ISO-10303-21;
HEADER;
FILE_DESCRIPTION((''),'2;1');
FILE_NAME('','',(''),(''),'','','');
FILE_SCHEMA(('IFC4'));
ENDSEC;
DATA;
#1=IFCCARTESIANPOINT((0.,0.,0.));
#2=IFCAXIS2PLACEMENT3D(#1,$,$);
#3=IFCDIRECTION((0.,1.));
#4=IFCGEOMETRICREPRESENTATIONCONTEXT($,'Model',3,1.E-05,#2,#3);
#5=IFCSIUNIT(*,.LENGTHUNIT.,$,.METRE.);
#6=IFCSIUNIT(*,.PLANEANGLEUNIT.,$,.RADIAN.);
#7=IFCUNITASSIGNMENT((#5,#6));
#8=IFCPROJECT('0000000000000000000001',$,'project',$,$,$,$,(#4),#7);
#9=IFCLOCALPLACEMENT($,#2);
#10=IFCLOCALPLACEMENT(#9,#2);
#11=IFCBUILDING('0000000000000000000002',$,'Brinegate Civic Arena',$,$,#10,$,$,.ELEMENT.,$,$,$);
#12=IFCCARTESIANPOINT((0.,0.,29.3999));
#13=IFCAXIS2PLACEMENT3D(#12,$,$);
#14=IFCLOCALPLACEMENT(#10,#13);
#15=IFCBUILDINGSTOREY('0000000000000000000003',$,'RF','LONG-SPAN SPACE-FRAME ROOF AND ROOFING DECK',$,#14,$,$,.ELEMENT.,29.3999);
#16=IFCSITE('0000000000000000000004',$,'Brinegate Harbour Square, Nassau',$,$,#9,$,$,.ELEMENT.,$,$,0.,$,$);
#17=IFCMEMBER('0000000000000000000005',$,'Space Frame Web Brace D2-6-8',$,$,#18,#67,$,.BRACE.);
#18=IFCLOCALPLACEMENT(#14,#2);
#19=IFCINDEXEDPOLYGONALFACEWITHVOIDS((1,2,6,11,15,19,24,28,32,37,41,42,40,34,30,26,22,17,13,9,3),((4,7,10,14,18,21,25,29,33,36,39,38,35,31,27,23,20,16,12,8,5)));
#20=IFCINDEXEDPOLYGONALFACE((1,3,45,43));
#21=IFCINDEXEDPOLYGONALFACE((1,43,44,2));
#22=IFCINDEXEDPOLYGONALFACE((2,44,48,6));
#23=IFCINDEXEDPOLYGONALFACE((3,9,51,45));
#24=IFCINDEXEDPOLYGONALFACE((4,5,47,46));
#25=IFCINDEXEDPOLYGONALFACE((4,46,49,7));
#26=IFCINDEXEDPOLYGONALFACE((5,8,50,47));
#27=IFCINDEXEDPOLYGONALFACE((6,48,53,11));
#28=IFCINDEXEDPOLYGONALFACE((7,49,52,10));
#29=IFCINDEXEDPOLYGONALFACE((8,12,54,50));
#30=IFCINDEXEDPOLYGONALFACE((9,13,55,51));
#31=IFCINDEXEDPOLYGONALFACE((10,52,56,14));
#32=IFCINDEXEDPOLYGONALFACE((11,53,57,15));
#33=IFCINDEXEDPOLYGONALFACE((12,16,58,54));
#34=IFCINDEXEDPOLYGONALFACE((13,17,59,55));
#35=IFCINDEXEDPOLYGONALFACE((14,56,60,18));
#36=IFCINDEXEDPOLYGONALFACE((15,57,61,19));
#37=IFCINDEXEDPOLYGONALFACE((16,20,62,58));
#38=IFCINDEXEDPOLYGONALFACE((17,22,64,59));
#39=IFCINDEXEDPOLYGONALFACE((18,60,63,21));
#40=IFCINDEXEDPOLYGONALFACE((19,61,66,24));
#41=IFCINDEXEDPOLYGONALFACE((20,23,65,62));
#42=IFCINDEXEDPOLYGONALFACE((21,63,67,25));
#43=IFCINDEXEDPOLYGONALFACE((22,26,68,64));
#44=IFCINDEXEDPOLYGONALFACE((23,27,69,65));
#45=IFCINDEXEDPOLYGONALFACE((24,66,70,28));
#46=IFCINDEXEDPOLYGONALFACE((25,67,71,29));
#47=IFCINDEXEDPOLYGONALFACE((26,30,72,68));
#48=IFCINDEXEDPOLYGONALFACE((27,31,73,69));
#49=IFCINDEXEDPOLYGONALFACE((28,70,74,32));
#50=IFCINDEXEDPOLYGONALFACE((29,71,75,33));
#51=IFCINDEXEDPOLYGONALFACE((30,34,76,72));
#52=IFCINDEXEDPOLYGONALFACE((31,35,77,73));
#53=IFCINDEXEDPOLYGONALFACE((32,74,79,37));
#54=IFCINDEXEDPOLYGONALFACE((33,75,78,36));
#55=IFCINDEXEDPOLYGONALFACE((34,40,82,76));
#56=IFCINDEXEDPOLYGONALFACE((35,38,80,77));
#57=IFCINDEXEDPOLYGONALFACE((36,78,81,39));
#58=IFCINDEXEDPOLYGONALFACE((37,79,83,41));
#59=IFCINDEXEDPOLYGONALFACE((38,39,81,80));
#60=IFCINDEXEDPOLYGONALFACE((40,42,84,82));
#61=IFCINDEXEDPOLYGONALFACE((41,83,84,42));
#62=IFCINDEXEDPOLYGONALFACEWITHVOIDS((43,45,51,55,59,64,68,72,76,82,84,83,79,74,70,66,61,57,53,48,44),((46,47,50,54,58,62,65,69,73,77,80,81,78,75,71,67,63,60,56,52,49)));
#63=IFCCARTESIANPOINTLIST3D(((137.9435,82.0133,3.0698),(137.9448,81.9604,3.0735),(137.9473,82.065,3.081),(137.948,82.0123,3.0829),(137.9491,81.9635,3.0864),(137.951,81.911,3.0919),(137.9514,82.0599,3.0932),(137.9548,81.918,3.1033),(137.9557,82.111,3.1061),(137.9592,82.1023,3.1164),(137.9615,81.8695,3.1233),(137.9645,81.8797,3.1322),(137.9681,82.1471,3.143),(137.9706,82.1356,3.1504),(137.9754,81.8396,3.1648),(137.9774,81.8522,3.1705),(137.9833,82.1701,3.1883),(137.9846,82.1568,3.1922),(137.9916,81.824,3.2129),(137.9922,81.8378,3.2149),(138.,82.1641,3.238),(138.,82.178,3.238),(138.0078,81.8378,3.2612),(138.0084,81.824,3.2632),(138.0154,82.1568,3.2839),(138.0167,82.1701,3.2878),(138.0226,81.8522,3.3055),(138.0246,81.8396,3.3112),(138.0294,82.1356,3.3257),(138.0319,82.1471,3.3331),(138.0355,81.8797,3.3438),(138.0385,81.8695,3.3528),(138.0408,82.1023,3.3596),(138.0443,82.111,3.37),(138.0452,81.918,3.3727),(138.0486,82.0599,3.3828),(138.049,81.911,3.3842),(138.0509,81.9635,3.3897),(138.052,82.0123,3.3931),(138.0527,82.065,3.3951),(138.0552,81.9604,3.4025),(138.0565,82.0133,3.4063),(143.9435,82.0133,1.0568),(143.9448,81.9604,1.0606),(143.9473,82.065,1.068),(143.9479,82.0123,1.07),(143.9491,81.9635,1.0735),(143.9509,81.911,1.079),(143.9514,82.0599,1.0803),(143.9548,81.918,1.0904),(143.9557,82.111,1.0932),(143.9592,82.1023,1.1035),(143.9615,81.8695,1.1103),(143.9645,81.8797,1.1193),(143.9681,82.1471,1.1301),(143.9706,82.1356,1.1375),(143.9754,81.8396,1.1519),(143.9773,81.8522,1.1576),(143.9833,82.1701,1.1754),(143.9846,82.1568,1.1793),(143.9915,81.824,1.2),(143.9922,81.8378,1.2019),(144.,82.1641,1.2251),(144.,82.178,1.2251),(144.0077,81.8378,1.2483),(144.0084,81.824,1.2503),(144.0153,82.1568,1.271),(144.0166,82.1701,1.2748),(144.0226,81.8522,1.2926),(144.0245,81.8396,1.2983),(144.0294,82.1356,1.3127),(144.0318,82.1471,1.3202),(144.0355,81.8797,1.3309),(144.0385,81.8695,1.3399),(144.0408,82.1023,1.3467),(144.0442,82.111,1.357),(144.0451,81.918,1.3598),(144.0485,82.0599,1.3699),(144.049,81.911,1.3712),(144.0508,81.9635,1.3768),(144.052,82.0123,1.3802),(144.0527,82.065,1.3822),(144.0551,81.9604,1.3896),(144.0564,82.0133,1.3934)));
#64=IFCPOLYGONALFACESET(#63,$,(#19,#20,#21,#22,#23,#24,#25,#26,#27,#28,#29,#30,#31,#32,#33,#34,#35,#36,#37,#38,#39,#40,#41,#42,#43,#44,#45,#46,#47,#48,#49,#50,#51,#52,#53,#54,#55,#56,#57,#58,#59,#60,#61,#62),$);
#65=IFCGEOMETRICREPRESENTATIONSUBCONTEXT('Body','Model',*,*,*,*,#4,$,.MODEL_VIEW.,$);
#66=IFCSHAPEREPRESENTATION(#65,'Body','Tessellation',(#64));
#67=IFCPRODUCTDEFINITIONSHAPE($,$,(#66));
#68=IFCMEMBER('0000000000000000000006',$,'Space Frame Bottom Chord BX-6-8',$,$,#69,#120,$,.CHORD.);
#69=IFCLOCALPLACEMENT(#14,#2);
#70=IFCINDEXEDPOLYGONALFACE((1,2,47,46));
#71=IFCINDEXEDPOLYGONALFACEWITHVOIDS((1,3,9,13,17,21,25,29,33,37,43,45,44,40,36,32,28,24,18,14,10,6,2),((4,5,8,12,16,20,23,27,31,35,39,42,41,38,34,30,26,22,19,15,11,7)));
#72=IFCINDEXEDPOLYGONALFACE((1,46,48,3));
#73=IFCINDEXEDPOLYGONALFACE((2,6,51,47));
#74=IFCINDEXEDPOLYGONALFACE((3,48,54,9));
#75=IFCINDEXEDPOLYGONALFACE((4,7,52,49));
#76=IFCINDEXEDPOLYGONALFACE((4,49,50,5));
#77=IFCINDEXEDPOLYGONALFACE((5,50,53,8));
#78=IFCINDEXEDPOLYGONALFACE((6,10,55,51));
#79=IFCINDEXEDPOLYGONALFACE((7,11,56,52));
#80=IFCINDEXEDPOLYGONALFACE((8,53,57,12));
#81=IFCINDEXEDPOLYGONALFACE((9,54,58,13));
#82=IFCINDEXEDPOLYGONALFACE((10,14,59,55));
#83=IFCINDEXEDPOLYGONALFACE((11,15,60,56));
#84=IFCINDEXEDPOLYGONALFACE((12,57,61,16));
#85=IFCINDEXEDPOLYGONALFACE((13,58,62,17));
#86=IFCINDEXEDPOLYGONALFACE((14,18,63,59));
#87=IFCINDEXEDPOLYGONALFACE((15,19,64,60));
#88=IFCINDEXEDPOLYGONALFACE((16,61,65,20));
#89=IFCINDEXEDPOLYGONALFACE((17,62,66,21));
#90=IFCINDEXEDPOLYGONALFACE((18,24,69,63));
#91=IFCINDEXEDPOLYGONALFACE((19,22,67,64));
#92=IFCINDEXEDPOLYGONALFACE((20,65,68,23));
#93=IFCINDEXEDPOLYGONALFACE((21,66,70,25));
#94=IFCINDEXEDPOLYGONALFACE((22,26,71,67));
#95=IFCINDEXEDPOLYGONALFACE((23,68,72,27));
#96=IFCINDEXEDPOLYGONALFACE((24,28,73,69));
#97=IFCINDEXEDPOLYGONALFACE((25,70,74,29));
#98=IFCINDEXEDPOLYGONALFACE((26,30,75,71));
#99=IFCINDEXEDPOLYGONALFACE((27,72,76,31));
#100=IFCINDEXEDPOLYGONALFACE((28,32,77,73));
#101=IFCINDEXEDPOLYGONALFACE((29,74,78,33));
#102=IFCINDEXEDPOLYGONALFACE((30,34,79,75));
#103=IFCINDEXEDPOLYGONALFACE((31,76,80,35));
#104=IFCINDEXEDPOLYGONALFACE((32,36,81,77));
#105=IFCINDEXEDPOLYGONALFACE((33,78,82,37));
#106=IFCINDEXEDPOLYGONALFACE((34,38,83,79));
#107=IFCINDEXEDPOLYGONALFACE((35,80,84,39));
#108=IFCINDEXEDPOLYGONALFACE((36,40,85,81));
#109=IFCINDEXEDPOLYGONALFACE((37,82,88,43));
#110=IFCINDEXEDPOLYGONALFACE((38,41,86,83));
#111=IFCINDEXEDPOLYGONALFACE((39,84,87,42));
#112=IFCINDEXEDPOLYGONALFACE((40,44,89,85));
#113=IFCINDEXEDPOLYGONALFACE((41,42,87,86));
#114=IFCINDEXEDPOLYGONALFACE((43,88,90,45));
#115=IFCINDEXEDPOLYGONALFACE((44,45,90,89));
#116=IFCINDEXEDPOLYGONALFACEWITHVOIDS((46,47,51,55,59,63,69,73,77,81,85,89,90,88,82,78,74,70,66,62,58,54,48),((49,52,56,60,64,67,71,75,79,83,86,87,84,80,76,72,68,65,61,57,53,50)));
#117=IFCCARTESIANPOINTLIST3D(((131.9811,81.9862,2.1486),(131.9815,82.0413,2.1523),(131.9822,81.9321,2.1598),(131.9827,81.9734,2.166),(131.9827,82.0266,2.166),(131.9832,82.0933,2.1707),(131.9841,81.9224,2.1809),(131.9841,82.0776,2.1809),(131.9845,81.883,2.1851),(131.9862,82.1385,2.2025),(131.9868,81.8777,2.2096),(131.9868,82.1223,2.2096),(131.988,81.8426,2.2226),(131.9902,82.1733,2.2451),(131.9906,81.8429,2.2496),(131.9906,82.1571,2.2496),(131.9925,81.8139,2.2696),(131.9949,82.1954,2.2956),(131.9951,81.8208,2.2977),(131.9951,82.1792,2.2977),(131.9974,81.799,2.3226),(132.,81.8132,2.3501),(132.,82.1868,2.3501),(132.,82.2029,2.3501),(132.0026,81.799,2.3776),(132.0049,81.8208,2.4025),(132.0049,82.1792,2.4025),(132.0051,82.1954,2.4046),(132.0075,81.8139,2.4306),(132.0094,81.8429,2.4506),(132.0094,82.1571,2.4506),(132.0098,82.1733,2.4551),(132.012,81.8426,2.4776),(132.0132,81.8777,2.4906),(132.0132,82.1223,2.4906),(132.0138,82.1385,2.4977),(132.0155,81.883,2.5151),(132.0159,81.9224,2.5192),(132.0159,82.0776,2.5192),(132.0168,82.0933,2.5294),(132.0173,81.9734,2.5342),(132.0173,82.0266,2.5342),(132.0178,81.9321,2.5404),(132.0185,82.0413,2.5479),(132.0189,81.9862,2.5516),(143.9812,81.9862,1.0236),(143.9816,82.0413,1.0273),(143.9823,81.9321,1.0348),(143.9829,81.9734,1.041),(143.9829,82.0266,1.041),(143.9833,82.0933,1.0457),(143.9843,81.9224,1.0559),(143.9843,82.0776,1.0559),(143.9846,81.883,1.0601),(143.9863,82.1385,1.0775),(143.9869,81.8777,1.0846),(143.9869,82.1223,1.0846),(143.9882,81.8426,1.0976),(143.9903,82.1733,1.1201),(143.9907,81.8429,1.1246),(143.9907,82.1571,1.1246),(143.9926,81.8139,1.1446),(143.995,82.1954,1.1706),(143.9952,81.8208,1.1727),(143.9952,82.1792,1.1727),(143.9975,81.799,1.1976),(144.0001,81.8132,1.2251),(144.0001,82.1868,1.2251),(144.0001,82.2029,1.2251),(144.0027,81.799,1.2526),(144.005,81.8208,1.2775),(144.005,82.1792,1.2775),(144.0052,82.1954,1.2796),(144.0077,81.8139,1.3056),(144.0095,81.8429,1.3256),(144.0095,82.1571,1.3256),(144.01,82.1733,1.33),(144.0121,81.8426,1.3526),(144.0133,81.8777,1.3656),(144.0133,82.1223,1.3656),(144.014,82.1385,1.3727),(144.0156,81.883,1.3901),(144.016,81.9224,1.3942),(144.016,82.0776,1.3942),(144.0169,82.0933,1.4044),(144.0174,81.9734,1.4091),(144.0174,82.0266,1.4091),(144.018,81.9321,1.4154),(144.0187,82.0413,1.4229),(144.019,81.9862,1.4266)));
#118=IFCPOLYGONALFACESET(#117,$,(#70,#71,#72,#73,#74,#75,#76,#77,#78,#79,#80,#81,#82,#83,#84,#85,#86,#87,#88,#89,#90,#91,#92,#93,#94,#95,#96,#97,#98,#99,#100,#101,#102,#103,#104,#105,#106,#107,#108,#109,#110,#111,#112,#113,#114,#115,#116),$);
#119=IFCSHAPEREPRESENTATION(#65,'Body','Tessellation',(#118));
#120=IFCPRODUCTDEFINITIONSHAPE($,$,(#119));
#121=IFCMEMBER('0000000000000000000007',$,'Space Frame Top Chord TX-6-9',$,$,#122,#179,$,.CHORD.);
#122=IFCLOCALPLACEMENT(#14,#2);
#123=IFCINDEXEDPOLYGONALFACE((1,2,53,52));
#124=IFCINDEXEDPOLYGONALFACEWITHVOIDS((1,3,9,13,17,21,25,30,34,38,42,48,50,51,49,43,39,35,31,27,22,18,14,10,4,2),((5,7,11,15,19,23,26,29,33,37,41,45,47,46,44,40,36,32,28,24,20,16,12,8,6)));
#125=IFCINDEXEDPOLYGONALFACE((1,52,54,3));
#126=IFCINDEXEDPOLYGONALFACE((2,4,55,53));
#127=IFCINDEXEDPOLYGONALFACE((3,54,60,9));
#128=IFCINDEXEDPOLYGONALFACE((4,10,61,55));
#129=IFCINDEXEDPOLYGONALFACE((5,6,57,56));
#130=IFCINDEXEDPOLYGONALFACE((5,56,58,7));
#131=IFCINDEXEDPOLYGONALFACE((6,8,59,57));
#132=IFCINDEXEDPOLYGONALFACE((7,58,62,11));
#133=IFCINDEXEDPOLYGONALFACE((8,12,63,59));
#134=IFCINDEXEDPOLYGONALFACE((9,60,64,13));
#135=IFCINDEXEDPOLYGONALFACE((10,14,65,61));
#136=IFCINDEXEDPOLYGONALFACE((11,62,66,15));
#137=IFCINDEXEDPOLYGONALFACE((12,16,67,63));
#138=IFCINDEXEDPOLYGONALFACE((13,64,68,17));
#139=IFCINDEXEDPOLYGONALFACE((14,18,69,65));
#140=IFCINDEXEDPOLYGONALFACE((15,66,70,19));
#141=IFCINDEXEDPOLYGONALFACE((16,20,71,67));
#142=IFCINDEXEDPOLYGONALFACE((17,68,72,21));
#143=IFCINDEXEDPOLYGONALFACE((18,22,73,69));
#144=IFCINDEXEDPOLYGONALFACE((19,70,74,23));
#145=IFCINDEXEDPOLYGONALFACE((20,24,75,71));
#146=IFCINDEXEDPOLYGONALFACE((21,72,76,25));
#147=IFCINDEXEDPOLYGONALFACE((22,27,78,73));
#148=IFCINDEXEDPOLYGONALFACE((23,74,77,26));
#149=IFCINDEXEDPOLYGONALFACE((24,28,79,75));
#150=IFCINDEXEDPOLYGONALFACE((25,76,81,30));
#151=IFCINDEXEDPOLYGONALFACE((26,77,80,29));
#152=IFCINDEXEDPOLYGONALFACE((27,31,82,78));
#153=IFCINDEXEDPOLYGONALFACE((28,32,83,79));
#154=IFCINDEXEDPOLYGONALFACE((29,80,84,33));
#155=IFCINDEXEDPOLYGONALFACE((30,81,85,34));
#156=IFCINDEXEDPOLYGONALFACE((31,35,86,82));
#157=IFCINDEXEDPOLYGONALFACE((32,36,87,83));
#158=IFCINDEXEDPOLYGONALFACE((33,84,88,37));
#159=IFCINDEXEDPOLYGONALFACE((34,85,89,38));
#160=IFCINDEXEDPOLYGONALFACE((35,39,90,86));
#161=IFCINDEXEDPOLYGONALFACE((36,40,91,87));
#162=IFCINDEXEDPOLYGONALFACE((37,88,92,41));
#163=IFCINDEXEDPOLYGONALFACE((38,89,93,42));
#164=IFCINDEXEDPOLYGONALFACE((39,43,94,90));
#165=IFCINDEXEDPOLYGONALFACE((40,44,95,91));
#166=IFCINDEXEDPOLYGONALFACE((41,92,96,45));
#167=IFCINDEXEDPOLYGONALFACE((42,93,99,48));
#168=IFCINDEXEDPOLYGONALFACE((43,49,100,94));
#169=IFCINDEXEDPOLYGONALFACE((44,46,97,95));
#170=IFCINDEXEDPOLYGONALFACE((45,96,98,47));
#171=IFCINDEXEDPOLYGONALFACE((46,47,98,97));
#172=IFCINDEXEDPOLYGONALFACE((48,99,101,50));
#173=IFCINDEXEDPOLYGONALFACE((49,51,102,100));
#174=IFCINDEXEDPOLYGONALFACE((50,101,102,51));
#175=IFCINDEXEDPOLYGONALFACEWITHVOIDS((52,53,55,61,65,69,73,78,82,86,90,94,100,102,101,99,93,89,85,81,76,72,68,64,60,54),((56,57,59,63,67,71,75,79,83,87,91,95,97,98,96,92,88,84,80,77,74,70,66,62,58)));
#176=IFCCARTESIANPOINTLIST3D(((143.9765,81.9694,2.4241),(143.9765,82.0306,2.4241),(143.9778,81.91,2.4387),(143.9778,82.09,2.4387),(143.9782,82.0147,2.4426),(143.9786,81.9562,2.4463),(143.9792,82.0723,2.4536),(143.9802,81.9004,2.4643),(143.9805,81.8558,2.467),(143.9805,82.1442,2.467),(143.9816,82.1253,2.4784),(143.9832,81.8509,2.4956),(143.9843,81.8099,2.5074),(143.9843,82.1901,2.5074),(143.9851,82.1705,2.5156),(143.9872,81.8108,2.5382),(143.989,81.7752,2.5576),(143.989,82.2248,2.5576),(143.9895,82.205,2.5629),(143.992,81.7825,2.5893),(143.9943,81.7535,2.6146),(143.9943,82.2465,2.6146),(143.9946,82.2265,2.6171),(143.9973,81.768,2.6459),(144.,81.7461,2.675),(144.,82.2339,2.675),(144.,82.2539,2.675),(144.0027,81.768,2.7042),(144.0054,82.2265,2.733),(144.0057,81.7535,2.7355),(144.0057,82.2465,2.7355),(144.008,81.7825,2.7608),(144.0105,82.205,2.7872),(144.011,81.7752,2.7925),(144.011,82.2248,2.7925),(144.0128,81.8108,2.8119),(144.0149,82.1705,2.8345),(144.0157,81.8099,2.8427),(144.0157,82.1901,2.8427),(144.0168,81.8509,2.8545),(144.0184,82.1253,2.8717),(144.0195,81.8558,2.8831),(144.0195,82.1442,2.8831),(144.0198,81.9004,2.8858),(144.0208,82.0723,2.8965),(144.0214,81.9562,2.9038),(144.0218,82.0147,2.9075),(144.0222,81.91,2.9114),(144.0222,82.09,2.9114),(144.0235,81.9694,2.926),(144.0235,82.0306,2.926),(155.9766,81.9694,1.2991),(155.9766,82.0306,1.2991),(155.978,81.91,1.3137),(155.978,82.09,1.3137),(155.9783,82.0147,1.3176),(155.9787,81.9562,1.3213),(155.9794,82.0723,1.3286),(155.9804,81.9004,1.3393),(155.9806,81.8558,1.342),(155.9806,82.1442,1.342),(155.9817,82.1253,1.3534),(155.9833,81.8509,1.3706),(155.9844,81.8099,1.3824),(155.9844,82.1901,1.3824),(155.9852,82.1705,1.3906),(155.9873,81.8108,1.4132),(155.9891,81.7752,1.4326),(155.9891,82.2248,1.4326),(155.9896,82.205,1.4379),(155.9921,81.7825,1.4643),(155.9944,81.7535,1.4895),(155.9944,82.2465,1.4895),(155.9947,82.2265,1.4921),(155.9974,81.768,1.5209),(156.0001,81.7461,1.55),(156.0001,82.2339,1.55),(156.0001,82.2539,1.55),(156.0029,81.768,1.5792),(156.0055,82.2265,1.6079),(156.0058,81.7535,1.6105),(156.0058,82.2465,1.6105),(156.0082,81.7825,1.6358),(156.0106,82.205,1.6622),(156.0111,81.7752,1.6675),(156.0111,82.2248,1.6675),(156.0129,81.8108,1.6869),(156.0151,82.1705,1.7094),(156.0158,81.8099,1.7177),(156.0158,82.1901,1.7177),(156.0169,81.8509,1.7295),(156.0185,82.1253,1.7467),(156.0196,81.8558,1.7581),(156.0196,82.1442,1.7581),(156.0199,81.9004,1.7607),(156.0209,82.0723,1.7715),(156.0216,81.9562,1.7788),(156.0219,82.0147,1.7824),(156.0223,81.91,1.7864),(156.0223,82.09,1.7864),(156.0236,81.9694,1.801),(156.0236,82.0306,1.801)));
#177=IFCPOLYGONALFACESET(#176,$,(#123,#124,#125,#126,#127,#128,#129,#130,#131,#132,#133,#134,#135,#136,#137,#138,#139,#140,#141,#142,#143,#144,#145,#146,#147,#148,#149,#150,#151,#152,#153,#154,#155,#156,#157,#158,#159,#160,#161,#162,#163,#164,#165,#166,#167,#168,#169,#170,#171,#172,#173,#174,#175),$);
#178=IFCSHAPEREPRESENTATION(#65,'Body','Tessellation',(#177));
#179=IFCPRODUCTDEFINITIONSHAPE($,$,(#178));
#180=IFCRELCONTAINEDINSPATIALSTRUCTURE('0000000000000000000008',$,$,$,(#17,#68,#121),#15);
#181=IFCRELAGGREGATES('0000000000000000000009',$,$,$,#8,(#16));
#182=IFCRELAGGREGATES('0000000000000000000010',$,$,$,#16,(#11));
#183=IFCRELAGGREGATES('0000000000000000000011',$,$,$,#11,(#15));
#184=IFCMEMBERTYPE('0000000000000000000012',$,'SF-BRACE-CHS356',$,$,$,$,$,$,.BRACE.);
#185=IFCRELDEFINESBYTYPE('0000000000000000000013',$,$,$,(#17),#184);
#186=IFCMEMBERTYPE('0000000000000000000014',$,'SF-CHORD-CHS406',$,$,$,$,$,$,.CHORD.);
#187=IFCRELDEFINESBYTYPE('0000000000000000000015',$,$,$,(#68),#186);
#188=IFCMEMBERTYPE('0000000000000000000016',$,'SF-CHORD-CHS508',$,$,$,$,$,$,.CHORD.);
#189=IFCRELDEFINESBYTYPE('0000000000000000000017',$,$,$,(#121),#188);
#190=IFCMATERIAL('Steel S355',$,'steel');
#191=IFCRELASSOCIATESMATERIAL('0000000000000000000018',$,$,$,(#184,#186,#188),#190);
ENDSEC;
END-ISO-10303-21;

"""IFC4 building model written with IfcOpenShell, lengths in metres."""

from ifc_helpers import new_model, si_unit, direction, frame, origin, origin_2d, place, context, subcontext, project, spatial, hollow_circle, extrude, material, material_profile, profile_set, type_object, element, save


model = new_model("IFC4")

# Units and contexts
model_context = context("Model", 3, precision=1e-05, world=origin(), true_north=direction((0.0, 1.0)))
body_context = subcontext(model_context, "Body", "Model", "MODEL_VIEW")
ifc_project = project(units=[si_unit("LENGTHUNIT", "METRE"), si_unit("PLANEANGLEUNIT", "RADIAN")], contexts=[model_context])

# Site, building, storey
site_placement = place(None, origin())
site = spatial("IfcSite", under=ifc_project, at=site_placement, Name="Brinegate Harbour Square, Nassau", CompositionType="ELEMENT", RefElevation=0.0)
building_placement = place(site_placement, origin())
building = spatial("IfcBuilding", under=site, at=building_placement, Name="Brinegate Civic Arena", CompositionType="ELEMENT")
storey_placement = place(building_placement, frame((0.0, 0.0, 29.3999)))
storey = spatial("IfcBuildingStorey", under=building, at=storey_placement, Name="RF", Description="LONG-SPAN SPACE-FRAME ROOF AND ROOFING DECK", CompositionType="ELEMENT", Elevation=29.3999)

# Shared definitions
ifc_material_1 = material(Name="Steel S355", Category="steel")

# Members
ifc_material_profile_1 = material_profile(ifc_material_1, hollow_circle(Radius=0.178, WallThickness=0.0139, at=origin_2d()), Name="CHS356X14")
ifc_profile_set_1 = profile_set([ifc_material_profile_1], Name="Steel S355")
member_type_1 = type_object("IfcMemberType", Name="SF-BRACE-CHS356", PredefinedType="BRACE", material=ifc_profile_set_1)
member_1_placement = place(storey_placement, frame((138.0, 82.0, 3.238), z_axis=(0.948068, 0.0, -0.318067), x_axis=(0.0, 1.0, 0.0)))
element("IfcMember", 1, at=member_1_placement, inside=storey, type_object=member_type_1, Name="Space Frame Web Brace D2-6-8", PredefinedType="BRACE", context=body_context, shape_type="SweptSolid", body=[
    extrude(hollow_circle(Radius=0.178, WallThickness=0.0139, at=origin_2d()), origin(), (0.0, 0.0, 1.0), 6.3286),
])
ifc_material_profile_2 = material_profile(ifc_material_1, hollow_circle(Radius=0.2029, WallThickness=0.0161, at=origin_2d()), Name="CHS406X16")
ifc_profile_set_2 = profile_set([ifc_material_profile_2], Name="Steel S355")
member_type_2 = type_object("IfcMemberType", Name="SF-CHORD-CHS406", PredefinedType="CHORD", material=ifc_profile_set_2)
member_2_placement = place(storey_placement, frame((132.0, 82.0, 2.3501), z_axis=(0.995634, 0.0, -0.093341), x_axis=(0.0, 1.0, 0.0)))
element("IfcMember", 2, at=member_2_placement, inside=storey, type_object=member_type_2, Name="Space Frame Bottom Chord BX-6-8", PredefinedType="CHORD", context=body_context, shape_type="SweptSolid", body=[
    extrude(hollow_circle(Radius=0.2029, WallThickness=0.0161, at=origin_2d()), origin(), (0.0, 0.0, 1.0), 12.0527),
])
ifc_material_profile_3 = material_profile(ifc_material_1, hollow_circle(Radius=0.2539, WallThickness=0.02, at=origin_2d()), Name="CHS508X20")
ifc_profile_set_3 = profile_set([ifc_material_profile_3], Name="Steel S355")
member_type_3 = type_object("IfcMemberType", Name="SF-CHORD-CHS508", PredefinedType="CHORD", material=ifc_profile_set_3)
member_3_placement = place(storey_placement, frame((144.0, 82.0, 2.675), z_axis=(0.995634, 0.0, -0.093341), x_axis=(0.0, 1.0, 0.0)))
element("IfcMember", 3, at=member_3_placement, inside=storey, type_object=member_type_3, Name="Space Frame Top Chord TX-6-9", PredefinedType="CHORD", context=body_context, shape_type="SweptSolid", body=[
    extrude(hollow_circle(Radius=0.2539, WallThickness=0.02, at=origin_2d()), origin(), (0.0, 0.0, 1.0), 12.0527),
])

save(model, "model.ifc")
